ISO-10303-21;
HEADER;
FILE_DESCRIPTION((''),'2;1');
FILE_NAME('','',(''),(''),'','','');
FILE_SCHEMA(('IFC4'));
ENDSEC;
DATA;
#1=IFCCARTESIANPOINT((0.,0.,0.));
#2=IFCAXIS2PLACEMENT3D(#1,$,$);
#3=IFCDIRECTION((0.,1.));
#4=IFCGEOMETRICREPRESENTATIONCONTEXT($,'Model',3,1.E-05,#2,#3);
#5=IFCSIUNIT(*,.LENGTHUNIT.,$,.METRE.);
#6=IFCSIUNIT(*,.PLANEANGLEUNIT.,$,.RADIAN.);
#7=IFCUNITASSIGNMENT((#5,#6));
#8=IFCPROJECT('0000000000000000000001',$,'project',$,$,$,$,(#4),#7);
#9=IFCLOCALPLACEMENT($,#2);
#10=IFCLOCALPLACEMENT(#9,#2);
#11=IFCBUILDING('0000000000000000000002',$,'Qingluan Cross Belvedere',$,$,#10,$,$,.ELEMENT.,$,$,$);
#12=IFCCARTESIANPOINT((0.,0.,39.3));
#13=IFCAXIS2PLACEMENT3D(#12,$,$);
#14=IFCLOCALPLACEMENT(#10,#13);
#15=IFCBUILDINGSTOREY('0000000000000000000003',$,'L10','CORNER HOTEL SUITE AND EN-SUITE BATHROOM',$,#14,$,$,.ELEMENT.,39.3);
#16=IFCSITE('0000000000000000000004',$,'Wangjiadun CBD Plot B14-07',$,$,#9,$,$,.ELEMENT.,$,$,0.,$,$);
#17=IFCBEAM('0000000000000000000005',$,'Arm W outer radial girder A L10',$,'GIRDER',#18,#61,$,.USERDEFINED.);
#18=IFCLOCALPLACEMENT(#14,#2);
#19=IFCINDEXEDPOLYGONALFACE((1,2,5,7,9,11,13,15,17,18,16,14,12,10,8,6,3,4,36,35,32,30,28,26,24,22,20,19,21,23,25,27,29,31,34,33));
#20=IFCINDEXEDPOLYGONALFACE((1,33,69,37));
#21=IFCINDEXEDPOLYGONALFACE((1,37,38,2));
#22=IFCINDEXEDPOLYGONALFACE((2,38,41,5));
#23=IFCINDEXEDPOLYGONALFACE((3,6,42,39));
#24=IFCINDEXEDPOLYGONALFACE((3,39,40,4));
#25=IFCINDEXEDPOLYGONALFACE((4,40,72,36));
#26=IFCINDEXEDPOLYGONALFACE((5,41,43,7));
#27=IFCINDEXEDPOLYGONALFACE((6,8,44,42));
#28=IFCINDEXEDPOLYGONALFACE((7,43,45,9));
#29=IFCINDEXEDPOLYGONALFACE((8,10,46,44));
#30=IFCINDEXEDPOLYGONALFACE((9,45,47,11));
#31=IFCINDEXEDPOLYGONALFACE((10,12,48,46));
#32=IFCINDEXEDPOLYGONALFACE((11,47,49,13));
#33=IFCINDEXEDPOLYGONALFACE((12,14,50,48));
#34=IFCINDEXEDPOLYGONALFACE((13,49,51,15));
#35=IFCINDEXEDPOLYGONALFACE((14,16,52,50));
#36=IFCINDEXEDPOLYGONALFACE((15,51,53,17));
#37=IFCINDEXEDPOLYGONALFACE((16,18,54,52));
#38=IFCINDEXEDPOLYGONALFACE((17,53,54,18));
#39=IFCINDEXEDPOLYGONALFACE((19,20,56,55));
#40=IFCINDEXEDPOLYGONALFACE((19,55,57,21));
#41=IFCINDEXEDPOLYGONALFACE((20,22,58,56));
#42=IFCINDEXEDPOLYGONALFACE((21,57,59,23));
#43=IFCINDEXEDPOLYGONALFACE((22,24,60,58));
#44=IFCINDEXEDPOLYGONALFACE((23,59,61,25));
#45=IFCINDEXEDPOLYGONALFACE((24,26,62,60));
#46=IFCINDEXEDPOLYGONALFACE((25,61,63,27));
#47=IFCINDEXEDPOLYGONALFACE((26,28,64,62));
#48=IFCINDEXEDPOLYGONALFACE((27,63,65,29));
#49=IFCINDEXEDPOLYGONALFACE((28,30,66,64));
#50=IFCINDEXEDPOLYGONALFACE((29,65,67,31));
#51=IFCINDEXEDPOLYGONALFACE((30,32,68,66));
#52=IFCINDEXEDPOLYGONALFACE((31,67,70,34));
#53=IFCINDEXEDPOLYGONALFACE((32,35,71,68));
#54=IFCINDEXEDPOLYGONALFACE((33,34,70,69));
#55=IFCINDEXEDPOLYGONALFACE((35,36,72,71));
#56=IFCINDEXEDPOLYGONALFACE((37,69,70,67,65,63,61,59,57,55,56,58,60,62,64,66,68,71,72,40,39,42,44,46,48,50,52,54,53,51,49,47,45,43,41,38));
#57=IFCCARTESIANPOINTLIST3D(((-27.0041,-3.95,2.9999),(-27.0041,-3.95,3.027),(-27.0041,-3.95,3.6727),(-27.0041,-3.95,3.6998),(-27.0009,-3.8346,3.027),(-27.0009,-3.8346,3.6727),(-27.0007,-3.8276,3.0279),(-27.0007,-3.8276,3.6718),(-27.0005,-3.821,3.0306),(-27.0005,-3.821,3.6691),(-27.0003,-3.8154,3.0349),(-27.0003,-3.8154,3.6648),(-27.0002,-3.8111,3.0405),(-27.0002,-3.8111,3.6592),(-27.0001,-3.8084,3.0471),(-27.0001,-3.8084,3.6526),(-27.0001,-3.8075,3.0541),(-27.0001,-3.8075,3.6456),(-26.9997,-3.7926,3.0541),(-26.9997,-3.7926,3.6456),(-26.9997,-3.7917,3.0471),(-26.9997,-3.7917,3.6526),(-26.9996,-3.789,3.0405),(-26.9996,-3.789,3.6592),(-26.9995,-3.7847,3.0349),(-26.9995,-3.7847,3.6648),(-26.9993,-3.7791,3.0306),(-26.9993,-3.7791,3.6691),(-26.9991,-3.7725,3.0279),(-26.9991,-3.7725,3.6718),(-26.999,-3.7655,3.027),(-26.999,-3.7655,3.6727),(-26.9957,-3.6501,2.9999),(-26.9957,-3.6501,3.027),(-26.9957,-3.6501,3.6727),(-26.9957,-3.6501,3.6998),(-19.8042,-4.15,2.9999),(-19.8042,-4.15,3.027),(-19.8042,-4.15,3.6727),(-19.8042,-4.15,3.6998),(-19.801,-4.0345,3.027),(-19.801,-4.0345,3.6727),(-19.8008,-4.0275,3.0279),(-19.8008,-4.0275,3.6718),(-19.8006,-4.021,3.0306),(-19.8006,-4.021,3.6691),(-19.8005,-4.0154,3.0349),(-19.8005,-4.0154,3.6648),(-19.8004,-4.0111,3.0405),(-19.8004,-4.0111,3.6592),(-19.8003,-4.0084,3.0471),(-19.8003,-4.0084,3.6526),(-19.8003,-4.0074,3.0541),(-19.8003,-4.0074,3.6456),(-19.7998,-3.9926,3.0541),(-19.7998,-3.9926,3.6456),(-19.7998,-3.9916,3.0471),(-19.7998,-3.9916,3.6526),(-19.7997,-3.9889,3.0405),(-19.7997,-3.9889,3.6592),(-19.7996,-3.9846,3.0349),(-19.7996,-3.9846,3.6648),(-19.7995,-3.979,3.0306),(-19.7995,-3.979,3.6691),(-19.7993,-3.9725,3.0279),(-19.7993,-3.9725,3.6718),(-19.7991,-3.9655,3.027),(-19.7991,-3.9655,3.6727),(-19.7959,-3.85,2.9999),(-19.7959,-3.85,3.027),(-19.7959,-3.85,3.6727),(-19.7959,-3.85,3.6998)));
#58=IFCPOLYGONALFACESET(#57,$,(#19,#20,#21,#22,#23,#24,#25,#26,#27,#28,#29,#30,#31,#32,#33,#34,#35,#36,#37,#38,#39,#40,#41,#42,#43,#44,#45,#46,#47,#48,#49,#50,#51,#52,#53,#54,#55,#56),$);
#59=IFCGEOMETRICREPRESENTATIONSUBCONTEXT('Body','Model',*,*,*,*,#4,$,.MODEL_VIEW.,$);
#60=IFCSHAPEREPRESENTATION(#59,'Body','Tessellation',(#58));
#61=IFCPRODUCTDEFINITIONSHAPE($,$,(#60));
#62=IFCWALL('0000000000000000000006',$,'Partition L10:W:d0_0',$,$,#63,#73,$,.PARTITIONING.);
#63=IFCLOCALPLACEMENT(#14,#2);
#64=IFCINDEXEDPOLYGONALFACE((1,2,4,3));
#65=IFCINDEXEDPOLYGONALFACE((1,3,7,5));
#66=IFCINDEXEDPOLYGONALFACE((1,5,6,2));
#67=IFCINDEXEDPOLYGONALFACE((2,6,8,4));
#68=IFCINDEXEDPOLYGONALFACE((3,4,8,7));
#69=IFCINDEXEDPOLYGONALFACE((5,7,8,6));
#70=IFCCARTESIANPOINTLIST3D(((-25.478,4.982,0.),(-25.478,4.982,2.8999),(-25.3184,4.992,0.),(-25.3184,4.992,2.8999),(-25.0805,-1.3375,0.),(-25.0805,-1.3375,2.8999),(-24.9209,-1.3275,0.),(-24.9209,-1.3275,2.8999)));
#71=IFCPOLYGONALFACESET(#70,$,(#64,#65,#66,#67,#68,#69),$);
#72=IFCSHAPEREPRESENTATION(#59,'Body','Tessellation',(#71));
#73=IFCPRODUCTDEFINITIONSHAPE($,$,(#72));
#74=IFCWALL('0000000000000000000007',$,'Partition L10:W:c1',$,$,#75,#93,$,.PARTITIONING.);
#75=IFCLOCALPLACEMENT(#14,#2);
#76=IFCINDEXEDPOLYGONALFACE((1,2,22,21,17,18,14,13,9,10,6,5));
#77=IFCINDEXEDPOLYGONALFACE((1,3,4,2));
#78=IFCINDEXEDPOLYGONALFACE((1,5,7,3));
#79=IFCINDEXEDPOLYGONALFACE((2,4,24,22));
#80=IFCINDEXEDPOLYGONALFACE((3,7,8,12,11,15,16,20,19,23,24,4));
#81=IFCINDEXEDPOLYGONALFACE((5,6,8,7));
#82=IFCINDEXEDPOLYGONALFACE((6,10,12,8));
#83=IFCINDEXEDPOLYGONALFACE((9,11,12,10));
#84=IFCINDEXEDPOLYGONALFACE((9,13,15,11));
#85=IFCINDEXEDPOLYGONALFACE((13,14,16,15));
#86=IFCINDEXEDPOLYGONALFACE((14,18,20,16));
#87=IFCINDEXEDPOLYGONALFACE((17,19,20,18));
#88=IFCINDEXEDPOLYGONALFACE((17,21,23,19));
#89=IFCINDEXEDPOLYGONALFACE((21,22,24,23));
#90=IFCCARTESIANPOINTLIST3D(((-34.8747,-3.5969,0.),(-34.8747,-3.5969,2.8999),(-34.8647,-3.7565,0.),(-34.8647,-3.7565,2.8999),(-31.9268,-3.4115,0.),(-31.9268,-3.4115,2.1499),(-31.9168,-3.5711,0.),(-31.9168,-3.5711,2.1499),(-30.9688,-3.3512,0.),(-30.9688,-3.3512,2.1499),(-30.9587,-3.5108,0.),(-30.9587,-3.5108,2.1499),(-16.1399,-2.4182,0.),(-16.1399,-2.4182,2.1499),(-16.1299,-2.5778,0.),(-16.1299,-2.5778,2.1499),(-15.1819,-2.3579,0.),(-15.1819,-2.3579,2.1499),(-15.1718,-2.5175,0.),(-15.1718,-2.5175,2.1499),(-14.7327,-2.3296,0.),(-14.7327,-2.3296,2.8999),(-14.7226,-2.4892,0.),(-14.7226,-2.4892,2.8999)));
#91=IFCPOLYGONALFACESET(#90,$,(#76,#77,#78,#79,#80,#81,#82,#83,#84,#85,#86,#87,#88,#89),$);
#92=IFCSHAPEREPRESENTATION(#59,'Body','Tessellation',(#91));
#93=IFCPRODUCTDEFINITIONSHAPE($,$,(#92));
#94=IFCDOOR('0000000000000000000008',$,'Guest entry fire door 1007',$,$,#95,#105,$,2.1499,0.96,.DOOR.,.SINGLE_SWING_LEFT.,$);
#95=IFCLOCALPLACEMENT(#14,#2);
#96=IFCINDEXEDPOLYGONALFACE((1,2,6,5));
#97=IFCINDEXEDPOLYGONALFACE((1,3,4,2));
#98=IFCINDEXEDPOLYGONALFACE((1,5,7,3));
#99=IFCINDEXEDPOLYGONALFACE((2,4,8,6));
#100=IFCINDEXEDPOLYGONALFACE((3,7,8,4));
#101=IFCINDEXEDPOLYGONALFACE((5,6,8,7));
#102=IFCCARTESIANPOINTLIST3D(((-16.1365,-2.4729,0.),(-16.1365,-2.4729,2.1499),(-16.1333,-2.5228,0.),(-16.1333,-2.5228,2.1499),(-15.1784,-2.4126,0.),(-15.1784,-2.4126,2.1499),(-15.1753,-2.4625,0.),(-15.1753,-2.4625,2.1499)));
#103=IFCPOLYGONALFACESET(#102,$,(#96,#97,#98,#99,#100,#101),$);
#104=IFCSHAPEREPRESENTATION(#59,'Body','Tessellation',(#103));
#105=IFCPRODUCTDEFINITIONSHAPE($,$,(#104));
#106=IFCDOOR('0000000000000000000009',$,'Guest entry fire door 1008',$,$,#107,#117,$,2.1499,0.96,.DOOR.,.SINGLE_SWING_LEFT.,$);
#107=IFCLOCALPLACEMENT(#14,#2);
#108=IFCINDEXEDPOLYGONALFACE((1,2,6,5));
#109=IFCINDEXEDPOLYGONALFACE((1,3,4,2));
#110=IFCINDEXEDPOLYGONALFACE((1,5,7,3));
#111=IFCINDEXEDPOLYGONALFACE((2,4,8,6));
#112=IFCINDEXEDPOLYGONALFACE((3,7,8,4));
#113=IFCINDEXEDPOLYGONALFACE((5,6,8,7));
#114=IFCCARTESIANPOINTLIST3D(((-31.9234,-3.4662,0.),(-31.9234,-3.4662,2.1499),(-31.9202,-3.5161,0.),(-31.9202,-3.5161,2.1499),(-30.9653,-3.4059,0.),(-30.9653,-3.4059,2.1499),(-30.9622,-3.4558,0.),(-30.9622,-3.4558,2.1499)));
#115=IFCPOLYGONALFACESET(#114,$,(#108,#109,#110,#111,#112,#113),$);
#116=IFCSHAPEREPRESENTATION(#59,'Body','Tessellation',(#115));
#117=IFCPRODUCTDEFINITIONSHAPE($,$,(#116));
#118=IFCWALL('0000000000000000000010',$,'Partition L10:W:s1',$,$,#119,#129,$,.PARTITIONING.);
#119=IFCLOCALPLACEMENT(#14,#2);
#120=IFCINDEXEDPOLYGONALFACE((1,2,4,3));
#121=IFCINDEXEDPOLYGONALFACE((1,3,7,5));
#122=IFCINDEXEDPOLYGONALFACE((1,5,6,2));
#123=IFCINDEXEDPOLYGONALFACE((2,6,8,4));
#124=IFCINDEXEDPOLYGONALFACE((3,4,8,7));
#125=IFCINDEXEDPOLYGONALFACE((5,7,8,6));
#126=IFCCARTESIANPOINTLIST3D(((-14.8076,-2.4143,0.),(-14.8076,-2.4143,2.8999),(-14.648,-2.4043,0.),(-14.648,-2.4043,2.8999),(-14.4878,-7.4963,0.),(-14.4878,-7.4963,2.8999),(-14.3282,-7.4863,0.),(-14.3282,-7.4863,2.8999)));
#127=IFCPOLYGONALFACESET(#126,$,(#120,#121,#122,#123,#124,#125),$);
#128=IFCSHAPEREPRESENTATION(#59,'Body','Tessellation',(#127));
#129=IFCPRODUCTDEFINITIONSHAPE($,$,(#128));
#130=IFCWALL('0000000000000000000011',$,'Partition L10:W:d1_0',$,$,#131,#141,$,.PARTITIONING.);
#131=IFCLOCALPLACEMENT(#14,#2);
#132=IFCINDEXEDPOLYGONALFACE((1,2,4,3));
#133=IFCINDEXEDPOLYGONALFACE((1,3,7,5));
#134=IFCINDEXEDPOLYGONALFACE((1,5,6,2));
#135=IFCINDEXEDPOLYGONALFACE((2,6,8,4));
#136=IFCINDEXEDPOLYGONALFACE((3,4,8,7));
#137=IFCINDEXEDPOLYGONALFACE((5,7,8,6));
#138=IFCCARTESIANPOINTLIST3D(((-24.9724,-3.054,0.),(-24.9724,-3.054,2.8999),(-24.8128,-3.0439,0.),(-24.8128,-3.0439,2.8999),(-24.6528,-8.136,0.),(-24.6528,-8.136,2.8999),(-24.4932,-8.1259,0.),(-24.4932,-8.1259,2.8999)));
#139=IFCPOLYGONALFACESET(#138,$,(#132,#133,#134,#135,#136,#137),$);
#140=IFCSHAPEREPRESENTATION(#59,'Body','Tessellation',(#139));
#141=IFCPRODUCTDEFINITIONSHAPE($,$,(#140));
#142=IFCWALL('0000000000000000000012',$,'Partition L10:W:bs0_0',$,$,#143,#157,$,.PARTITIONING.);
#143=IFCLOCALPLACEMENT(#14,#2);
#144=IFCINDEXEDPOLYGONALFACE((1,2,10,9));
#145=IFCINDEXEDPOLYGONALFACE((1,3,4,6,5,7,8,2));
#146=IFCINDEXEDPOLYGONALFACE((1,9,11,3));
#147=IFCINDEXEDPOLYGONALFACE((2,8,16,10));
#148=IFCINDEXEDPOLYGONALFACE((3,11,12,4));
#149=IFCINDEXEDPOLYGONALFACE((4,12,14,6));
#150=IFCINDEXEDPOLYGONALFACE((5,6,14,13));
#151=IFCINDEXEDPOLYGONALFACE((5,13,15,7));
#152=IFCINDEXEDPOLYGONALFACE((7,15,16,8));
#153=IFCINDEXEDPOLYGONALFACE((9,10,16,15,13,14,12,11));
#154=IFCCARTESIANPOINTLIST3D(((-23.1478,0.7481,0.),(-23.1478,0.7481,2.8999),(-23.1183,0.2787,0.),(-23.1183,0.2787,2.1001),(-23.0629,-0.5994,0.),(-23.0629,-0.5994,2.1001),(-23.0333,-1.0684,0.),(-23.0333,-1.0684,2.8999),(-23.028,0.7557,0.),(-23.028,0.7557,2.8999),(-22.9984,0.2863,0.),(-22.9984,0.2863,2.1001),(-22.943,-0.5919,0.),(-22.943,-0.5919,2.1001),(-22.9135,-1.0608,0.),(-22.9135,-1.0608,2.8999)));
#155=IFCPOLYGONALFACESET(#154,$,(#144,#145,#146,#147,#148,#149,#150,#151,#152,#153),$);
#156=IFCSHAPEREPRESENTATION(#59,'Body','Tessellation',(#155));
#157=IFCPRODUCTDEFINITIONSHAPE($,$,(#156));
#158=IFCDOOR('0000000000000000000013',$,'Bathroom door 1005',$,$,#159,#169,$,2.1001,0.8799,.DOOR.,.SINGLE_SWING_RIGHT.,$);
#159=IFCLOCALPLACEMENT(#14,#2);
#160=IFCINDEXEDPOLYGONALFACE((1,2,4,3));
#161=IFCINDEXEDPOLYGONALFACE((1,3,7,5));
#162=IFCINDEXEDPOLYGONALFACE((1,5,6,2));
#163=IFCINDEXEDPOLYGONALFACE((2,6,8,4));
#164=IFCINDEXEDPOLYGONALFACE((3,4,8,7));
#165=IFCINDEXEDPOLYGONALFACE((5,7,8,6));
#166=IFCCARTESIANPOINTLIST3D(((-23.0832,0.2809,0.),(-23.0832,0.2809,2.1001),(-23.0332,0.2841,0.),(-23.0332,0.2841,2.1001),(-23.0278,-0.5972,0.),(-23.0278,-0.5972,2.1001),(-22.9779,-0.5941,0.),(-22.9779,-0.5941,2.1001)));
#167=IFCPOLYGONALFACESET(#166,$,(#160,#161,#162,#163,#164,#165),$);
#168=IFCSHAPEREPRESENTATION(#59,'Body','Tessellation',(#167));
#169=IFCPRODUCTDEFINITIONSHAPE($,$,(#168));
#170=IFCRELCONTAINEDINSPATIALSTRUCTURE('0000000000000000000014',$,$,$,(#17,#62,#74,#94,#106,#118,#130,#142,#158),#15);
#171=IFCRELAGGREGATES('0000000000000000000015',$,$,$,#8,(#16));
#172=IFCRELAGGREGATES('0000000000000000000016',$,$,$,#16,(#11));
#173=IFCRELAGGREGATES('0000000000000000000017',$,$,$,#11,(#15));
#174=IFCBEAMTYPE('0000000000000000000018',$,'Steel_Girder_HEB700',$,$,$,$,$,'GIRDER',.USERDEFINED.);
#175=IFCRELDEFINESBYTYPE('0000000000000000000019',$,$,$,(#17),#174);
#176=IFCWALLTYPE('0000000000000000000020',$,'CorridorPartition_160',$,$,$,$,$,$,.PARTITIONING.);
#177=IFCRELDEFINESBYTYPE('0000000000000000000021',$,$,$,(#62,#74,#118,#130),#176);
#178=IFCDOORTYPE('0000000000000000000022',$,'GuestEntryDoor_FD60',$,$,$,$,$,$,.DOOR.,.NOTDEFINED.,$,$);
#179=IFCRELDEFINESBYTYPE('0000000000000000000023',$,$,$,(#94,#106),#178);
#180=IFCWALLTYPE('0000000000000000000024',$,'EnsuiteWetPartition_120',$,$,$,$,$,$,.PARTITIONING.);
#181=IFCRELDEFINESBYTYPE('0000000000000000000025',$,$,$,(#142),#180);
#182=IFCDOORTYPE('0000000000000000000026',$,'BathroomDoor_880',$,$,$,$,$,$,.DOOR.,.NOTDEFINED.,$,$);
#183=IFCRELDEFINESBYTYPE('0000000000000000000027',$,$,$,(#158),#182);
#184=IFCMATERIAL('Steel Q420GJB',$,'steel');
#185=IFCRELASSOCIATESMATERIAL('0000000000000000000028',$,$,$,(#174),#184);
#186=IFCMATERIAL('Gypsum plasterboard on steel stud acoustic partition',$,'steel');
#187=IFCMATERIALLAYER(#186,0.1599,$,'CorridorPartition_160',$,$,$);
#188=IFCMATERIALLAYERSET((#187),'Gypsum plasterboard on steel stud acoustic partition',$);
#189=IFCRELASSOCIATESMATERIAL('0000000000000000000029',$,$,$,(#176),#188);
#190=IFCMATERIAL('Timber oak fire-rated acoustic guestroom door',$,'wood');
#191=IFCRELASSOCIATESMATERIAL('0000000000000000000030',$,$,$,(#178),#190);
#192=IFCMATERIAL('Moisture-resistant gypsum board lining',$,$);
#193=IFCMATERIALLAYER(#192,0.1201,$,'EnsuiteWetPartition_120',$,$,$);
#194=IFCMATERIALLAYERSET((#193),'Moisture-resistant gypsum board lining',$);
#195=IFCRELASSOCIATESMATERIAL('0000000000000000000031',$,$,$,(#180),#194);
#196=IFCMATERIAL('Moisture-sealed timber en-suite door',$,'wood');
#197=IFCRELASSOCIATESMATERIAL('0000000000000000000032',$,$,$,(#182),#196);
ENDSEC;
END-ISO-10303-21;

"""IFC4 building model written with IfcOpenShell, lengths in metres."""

from ifc_helpers import new_model, si_unit, direction, frame, frame_2d, origin, origin_2d, place, context, subcontext, project, spatial, rectangle, i_section, extrude, material, layer, layer_set, material_profile, profile_set, type_object, element, fill, save


model = new_model("IFC4")

# Units and contexts
model_context = context("Model", 3, precision=1e-05, world=origin(), true_north=direction((0.0, 1.0)))
body_context = subcontext(model_context, "Body", "Model", "MODEL_VIEW")
ifc_project = project(units=[si_unit("LENGTHUNIT", "METRE"), si_unit("PLANEANGLEUNIT", "RADIAN")], contexts=[model_context])

# Site, building, storey
site_placement = place(None, origin())
site = spatial("IfcSite", under=ifc_project, at=site_placement, Name="Wangjiadun CBD Plot B14-07", CompositionType="ELEMENT", RefElevation=0.0)
building_placement = place(site_placement, origin())
building = spatial("IfcBuilding", under=site, at=building_placement, Name="Qingluan Cross Belvedere", CompositionType="ELEMENT")
storey_placement = place(building_placement, frame((0.0, 0.0, 39.3)))
storey = spatial("IfcBuildingStorey", under=building, at=storey_placement, Name="L10", Description="CORNER HOTEL SUITE AND EN-SUITE BATHROOM", CompositionType="ELEMENT", Elevation=39.3)

# Beam
ifc_material_1 = material(Name="Steel Q420GJB", Category="steel")
ifc_material_profile_1 = material_profile(ifc_material_1, i_section(OverallWidth=0.3, OverallDepth=0.7, WebThickness=0.0149, FlangeThickness=0.0271, FilletRadius=0.0271, at=origin_2d()), Name="HEB700")
ifc_profile_set_1 = profile_set([ifc_material_profile_1], Name="Steel Q420GJB")
beam_type_1 = type_object("IfcBeamType", Name="Steel_Girder_HEB700", ElementType="GIRDER", PredefinedType="USERDEFINED", material=ifc_profile_set_1)
beam_1_placement = place(storey_placement, frame((-19.8, -4.0, 3.3499), z_axis=(-0.999615, 0.02776, 0.0), x_axis=(-0.02776, -0.999615, 0.0)))
element("IfcBeam", 1, at=beam_1_placement, inside=storey, type_object=beam_type_1, Name="Arm W outer radial girder A L10", ObjectType="GIRDER", PredefinedType="USERDEFINED", context=body_context, shape_type="SweptSolid", body=[
    extrude(i_section(OverallWidth=0.3, OverallDepth=0.7, WebThickness=0.0149, FlangeThickness=0.0271, FilletRadius=0.0271, at=origin_2d()), origin(), (0.0, 0.0, 1.0), 7.2026),
])

# Wall
ifc_material_2 = material(Name="Gypsum plasterboard on steel stud acoustic partition", Category="steel")
ifc_layer_1 = layer(ifc_material_2, 0.1599, Name="CorridorPartition_160")
ifc_layer_set_1 = layer_set([ifc_layer_1], Name="Gypsum plasterboard on steel stud acoustic partition")
wall_type_1 = type_object("IfcWallType", Name="CorridorPartition_160", PredefinedType="PARTITIONING", material=ifc_layer_set_1)
wall_1_placement = place(storey_placement, frame((-25.0007, -1.3325, 0.0), z_axis=(0.0, 0.0, 1.0), x_axis=(-0.06277, 0.998028, 0.0)))
element("IfcWall", 2, at=wall_1_placement, inside=storey, type_object=wall_type_1, Name="Partition L10:W:d0_0", PredefinedType="PARTITIONING", context=body_context, shape_type="SweptSolid", body=[
    extrude(rectangle(XDim=6.332, YDim=0.1599, at=frame_2d((3.166, 0.0))), origin(), (0.0, 0.0, 1.0), 2.8999),
])

# Wall, openings, doors
wall_2_placement = place(storey_placement, frame((-14.7278, -2.4094, 0.0), z_axis=(0.0, 0.0, 1.0), x_axis=(-0.998026, -0.062796, 0.0)))
wall_2 = element("IfcWall", 3, at=wall_2_placement, inside=storey, type_object=wall_type_1, Name="Partition L10:W:c1", PredefinedType="PARTITIONING", context=body_context, shape_type="SweptSolid", body=[
    extrude(rectangle(XDim=20.1819, YDim=0.1599, at=frame_2d((10.0908, 0.0))), origin(), (0.0, 0.0, 1.0), 2.8999),
])
opening_1_placement = place(wall_2_placement, frame((0.45, 0.0, 0.0)))
opening_1 = element("IfcOpeningElement", 4, at=opening_1_placement, cuts=wall_2, PredefinedType="OPENING", context=body_context, shape_type="SweptSolid", body=[
    extrude(rectangle(XDim=0.96, YDim=2.1499, at=frame_2d((0.48, 1.075))), frame((0.0, 0.0898, 0.0), z_axis=(0.0, -1.0, 0.0), x_axis=(1.0, 0.0, 0.0)), (0.0, 0.0, 1.0), 0.1799),
])
opening_2_placement = place(wall_2_placement, frame((16.2681, 0.0, 0.0)))
opening_2 = element("IfcOpeningElement", 5, at=opening_2_placement, cuts=wall_2, PredefinedType="OPENING", context=body_context, shape_type="SweptSolid", body=[
    extrude(rectangle(XDim=0.96, YDim=2.1499, at=frame_2d((0.48, 1.075))), frame((0.0, 0.0898, 0.0), z_axis=(0.0, -1.0, 0.0), x_axis=(1.0, 0.0, 0.0)), (0.0, 0.0, 1.0), 0.1799),
])
ifc_material_3 = material(Name="Timber oak fire-rated acoustic guestroom door", Category="wood")
door_type_1 = type_object("IfcDoorType", Name="GuestEntryDoor_FD60", OperationType="NOTDEFINED", PredefinedType="DOOR", material=ifc_material_3)
door_1_placement = place(opening_1_placement, origin())
door_1 = element("IfcDoor", 6, at=door_1_placement, inside=storey, type_object=door_type_1, Name="Guest entry fire door 1007", OperationType="SINGLE_SWING_LEFT", OverallHeight=2.1499, OverallWidth=0.96, PredefinedType="DOOR", context=body_context, shape_type="SweptSolid", body=[
    extrude(rectangle(XDim=0.96, YDim=2.1499, at=frame_2d((0.48, 1.075))), frame((0.0, 0.0249, 0.0), z_axis=(0.0, -1.0, 0.0), x_axis=(1.0, 0.0, 0.0)), (0.0, 0.0, 1.0), 0.05),
])
fill(opening_1, door_1)
door_2_placement = place(opening_2_placement, origin())
door_2 = element("IfcDoor", 7, at=door_2_placement, inside=storey, type_object=door_type_1, Name="Guest entry fire door 1008", OperationType="SINGLE_SWING_LEFT", OverallHeight=2.1499, OverallWidth=0.96, PredefinedType="DOOR", context=body_context, shape_type="SweptSolid", body=[
    extrude(rectangle(XDim=0.96, YDim=2.1499, at=frame_2d((0.48, 1.075))), frame((0.0, 0.0249, 0.0), z_axis=(0.0, -1.0, 0.0), x_axis=(1.0, 0.0, 0.0)), (0.0, 0.0, 1.0), 0.05),
])
fill(opening_2, door_2)

# Walls
for number, where, z_axis, x_axis, name in (
    (8, (-14.7278, -2.4094, 0.0), (0.0, 0.0, 1.0), (0.062808, -0.998026, 0.0), "Partition L10:W:s1"),
    (9, (-24.8926, -3.0491, 0.0), (0.0, 0.0, 1.0), (0.06276, -0.998029, 0.0), "Partition L10:W:d1_0"),
):
    element("IfcWall", number, at=place(storey_placement, frame(where, z_axis=z_axis, x_axis=x_axis)), inside=storey, type_object=wall_type_1, Name=name, PredefinedType="PARTITIONING", context=body_context, shape_type="SweptSolid", body=[
        extrude(rectangle(XDim=5.092, YDim=0.1599, at=frame_2d((2.5459, 0.0))), origin(), (0.0, 0.0, 1.0), 2.8999),
    ])

# Wall, opening, door
ifc_material_4 = material(Name="Moisture-resistant gypsum board lining")
ifc_layer_2 = layer(ifc_material_4, 0.1201, Name="EnsuiteWetPartition_120")
ifc_layer_set_2 = layer_set([ifc_layer_2], Name="Moisture-resistant gypsum board lining")
wall_type_2 = type_object("IfcWallType", Name="EnsuiteWetPartition_120", PredefinedType="PARTITIONING", material=ifc_layer_set_2)
wall_3_placement = place(storey_placement, frame((-22.9734, -1.0647, 0.0), z_axis=(0.0, 0.0, 1.0), x_axis=(-0.062913, 0.998019, 0.0)))
wall_3 = element("IfcWall", 10, at=wall_3_placement, inside=storey, type_object=wall_type_2, Name="Partition L10:W:bs0_0", PredefinedType="PARTITIONING", context=body_context, shape_type="SweptSolid", body=[
    extrude(rectangle(XDim=1.8201, YDim=0.1201, at=frame_2d((0.9102, 0.0))), origin(), (0.0, 0.0, 1.0), 2.8999),
])
opening_3_placement = place(wall_3_placement, frame((0.47, 0.0, 0.0)))
opening_3 = element("IfcOpeningElement", 11, at=opening_3_placement, cuts=wall_3, PredefinedType="OPENING", context=body_context, shape_type="SweptSolid", body=[
    extrude(rectangle(XDim=0.8799, YDim=2.1001, at=frame_2d((0.4399, 1.05))), frame((0.0, 0.0701, 0.0), z_axis=(0.0, -1.0, 0.0), x_axis=(1.0, 0.0, 0.0)), (0.0, 0.0, 1.0), 0.1401),
])
ifc_material_5 = material(Name="Moisture-sealed timber en-suite door", Category="wood")
door_type_2 = type_object("IfcDoorType", Name="BathroomDoor_880", OperationType="NOTDEFINED", PredefinedType="DOOR", material=ifc_material_5)
door_3_placement = place(opening_3_placement, origin())
door_3 = element("IfcDoor", 12, at=door_3_placement, inside=storey, type_object=door_type_2, Name="Bathroom door 1005", OperationType="SINGLE_SWING_RIGHT", OverallHeight=2.1001, OverallWidth=0.8799, PredefinedType="DOOR", context=body_context, shape_type="SweptSolid", body=[
    extrude(rectangle(XDim=0.8799, YDim=2.1001, at=frame_2d((0.4399, 1.05))), frame((0.0, 0.0249, 0.0), z_axis=(0.0, -1.0, 0.0), x_axis=(1.0, 0.0, 0.0)), (0.0, 0.0, 1.0), 0.05),
])
fill(opening_3, door_3)

save(model, "model.ifc")
